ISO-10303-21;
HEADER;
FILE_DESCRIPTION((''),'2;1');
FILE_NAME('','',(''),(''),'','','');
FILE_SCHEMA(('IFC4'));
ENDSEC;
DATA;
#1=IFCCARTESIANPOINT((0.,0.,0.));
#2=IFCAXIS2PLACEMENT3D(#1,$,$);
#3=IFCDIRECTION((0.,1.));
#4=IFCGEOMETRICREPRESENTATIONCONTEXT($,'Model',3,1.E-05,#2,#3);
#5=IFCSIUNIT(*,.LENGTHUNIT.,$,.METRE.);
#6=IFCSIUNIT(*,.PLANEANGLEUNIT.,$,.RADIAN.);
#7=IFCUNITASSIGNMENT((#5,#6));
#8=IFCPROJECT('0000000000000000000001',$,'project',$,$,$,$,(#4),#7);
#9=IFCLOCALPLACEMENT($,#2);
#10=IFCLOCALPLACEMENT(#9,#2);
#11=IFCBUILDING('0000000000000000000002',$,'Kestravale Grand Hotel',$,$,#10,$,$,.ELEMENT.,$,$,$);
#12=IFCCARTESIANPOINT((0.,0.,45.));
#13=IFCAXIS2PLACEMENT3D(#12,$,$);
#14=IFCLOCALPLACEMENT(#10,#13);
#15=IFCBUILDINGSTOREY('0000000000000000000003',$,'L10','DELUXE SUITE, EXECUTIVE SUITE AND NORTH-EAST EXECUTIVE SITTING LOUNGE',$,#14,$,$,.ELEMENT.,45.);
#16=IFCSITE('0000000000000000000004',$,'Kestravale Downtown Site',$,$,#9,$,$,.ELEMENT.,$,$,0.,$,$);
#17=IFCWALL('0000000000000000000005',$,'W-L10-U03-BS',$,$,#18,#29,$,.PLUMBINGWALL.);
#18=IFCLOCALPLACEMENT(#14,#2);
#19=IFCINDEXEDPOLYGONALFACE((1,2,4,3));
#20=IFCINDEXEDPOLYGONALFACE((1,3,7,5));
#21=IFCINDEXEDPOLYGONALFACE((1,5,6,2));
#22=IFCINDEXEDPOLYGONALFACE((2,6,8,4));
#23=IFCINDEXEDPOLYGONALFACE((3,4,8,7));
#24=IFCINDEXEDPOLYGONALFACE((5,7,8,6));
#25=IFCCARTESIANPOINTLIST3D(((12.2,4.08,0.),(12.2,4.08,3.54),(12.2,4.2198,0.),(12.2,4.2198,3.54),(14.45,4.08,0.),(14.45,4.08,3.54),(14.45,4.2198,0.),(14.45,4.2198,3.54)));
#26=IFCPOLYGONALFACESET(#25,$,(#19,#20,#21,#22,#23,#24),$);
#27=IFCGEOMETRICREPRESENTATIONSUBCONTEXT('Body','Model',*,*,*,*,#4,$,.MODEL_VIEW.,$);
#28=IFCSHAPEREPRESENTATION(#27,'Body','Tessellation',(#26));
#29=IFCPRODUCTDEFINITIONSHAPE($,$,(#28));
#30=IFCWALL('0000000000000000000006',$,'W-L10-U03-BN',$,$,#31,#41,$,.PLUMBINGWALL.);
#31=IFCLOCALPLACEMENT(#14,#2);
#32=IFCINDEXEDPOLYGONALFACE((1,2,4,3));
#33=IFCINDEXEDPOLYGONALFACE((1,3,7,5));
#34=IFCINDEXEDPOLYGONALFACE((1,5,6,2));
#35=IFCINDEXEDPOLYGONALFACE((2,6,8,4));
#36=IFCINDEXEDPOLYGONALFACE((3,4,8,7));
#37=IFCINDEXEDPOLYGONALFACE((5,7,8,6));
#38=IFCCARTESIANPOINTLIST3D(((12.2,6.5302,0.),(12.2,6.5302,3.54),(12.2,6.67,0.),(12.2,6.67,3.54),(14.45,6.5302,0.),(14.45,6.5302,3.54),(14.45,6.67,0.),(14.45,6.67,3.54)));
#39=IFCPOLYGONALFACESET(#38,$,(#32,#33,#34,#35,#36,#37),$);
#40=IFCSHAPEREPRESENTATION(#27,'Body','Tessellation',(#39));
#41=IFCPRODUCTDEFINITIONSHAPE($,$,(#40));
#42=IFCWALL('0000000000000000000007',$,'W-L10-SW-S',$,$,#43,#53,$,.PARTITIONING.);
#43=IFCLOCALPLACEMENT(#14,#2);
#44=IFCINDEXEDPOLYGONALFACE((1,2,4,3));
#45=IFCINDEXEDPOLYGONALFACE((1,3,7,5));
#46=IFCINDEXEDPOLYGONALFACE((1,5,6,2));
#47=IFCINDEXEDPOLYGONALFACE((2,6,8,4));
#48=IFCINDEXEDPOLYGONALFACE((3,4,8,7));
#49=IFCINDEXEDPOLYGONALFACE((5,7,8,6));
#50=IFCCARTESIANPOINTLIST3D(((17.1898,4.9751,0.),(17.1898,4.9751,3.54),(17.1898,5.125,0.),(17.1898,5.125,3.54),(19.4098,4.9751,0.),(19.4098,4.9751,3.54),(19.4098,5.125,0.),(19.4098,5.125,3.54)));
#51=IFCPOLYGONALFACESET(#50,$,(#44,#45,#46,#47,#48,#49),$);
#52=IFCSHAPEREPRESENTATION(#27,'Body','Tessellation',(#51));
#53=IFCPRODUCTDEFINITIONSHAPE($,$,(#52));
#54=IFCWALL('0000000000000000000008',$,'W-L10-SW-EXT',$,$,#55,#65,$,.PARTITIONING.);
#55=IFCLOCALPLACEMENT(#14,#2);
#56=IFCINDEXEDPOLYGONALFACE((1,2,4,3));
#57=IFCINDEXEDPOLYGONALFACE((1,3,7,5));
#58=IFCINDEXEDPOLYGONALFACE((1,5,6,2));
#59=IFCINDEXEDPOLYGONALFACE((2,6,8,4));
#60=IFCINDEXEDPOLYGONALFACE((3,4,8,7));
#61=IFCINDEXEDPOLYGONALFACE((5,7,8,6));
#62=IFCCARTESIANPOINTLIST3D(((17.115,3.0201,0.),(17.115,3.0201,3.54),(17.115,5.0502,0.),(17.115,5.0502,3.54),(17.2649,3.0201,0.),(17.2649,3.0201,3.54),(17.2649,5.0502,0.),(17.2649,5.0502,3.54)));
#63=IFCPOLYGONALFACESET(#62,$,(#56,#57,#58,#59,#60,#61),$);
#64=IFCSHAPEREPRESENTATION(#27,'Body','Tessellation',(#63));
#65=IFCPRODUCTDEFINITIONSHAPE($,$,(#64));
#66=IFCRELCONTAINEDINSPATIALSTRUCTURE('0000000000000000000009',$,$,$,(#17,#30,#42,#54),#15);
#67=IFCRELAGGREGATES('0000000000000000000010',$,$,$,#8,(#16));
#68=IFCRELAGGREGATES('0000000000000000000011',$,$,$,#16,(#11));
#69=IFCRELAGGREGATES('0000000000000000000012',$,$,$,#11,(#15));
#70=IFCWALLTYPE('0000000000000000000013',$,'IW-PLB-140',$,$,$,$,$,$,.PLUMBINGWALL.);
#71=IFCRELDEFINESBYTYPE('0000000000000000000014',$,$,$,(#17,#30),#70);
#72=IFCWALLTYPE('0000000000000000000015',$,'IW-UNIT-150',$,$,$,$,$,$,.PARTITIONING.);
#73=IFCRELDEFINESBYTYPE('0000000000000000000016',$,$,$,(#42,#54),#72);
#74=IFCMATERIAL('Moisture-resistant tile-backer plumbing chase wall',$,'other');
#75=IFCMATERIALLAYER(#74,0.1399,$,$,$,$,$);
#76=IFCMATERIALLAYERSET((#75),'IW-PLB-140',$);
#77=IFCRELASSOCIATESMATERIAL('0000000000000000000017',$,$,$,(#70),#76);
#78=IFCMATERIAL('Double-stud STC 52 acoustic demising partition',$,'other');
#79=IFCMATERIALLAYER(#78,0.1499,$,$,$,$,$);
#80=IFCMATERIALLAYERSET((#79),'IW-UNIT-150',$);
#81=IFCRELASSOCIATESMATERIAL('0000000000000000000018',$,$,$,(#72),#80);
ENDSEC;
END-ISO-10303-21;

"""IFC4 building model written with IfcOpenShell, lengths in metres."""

from ifc_helpers import new_model, si_unit, direction, frame, frame_2d, origin, place, context, subcontext, project, spatial, rectangle, extrude, material, layer, layer_set, type_object, element, save


model = new_model("IFC4")

# Units and contexts
model_context = context("Model", 3, precision=1e-05, world=origin(), true_north=direction((0.0, 1.0)))
body_context = subcontext(model_context, "Body", "Model", "MODEL_VIEW")
ifc_project = project(units=[si_unit("LENGTHUNIT", "METRE"), si_unit("PLANEANGLEUNIT", "RADIAN")], contexts=[model_context])

# Site, building, storey
site_placement = place(None, origin())
site = spatial("IfcSite", under=ifc_project, at=site_placement, Name="Kestravale Downtown Site", CompositionType="ELEMENT", RefElevation=0.0)
building_placement = place(site_placement, origin())
building = spatial("IfcBuilding", under=site, at=building_placement, Name="Kestravale Grand Hotel", CompositionType="ELEMENT")
storey_placement = place(building_placement, frame((0.0, 0.0, 45.0)))
storey = spatial("IfcBuildingStorey", under=building, at=storey_placement, Name="L10", Description="DELUXE SUITE, EXECUTIVE SUITE AND NORTH-EAST EXECUTIVE SITTING LOUNGE", CompositionType="ELEMENT", Elevation=45.0)

# Shared definitions
ifc_material_1 = material(Name="Moisture-resistant tile-backer plumbing chase wall", Category="other")
ifc_layer_1 = layer(ifc_material_1, 0.1399)
ifc_layer_set_1 = layer_set([ifc_layer_1], Name="IW-PLB-140")
wall_type_1 = type_object("IfcWallType", Name="IW-PLB-140", PredefinedType="PLUMBINGWALL", material=ifc_layer_set_1)

# Walls
for number, where, z_axis, x_axis, name in (
    (1, (12.2, 4.1499, 0.0), (0.0, 0.0, 1.0), (1.0, 0.0, 0.0), "W-L10-U03-BS"),
    (2, (12.2, 6.6001, 0.0), (0.0, 0.0, 1.0), (1.0, 0.0, 0.0), "W-L10-U03-BN"),
):
    element("IfcWall", number, at=place(storey_placement, frame(where, z_axis=z_axis, x_axis=x_axis)), inside=storey, type_object=wall_type_1, Name=name, PredefinedType="PLUMBINGWALL", context=body_context, shape_type="SweptSolid", body=[
        extrude(rectangle(XDim=2.25, YDim=0.1399, at=frame_2d((1.125, 0.0))), origin(), (0.0, 0.0, 1.0), 3.54),
    ])
ifc_material_2 = material(Name="Double-stud STC 52 acoustic demising partition", Category="other")
ifc_layer_2 = layer(ifc_material_2, 0.1499)
ifc_layer_set_2 = layer_set([ifc_layer_2], Name="IW-UNIT-150")
wall_type_2 = type_object("IfcWallType", Name="IW-UNIT-150", PredefinedType="PARTITIONING", material=ifc_layer_set_2)
wall_1_placement = place(storey_placement, frame((17.1899, 5.05, 0.0), z_axis=(0.0, 0.0, 1.0), x_axis=(1.0, 0.0, 0.0)))
element("IfcWall", 3, at=wall_1_placement, inside=storey, type_object=wall_type_2, Name="W-L10-SW-S", PredefinedType="PARTITIONING", context=body_context, shape_type="SweptSolid", body=[
    extrude(rectangle(XDim=2.22, YDim=0.1499, at=frame_2d((1.1099, 0.0))), origin(), (0.0, 0.0, 1.0), 3.54),
])
wall_2_placement = place(storey_placement, frame((17.1899, 3.02, 0.0), z_axis=(0.0, 0.0, 1.0), x_axis=(0.0, 1.0, 0.0)))
element("IfcWall", 4, at=wall_2_placement, inside=storey, type_object=wall_type_2, Name="W-L10-SW-EXT", PredefinedType="PARTITIONING", context=body_context, shape_type="SweptSolid", body=[
    extrude(rectangle(XDim=2.03, YDim=0.1499, at=frame_2d((1.0151, 0.0))), origin(), (0.0, 0.0, 1.0), 3.54),
])

save(model, "model.ifc")
